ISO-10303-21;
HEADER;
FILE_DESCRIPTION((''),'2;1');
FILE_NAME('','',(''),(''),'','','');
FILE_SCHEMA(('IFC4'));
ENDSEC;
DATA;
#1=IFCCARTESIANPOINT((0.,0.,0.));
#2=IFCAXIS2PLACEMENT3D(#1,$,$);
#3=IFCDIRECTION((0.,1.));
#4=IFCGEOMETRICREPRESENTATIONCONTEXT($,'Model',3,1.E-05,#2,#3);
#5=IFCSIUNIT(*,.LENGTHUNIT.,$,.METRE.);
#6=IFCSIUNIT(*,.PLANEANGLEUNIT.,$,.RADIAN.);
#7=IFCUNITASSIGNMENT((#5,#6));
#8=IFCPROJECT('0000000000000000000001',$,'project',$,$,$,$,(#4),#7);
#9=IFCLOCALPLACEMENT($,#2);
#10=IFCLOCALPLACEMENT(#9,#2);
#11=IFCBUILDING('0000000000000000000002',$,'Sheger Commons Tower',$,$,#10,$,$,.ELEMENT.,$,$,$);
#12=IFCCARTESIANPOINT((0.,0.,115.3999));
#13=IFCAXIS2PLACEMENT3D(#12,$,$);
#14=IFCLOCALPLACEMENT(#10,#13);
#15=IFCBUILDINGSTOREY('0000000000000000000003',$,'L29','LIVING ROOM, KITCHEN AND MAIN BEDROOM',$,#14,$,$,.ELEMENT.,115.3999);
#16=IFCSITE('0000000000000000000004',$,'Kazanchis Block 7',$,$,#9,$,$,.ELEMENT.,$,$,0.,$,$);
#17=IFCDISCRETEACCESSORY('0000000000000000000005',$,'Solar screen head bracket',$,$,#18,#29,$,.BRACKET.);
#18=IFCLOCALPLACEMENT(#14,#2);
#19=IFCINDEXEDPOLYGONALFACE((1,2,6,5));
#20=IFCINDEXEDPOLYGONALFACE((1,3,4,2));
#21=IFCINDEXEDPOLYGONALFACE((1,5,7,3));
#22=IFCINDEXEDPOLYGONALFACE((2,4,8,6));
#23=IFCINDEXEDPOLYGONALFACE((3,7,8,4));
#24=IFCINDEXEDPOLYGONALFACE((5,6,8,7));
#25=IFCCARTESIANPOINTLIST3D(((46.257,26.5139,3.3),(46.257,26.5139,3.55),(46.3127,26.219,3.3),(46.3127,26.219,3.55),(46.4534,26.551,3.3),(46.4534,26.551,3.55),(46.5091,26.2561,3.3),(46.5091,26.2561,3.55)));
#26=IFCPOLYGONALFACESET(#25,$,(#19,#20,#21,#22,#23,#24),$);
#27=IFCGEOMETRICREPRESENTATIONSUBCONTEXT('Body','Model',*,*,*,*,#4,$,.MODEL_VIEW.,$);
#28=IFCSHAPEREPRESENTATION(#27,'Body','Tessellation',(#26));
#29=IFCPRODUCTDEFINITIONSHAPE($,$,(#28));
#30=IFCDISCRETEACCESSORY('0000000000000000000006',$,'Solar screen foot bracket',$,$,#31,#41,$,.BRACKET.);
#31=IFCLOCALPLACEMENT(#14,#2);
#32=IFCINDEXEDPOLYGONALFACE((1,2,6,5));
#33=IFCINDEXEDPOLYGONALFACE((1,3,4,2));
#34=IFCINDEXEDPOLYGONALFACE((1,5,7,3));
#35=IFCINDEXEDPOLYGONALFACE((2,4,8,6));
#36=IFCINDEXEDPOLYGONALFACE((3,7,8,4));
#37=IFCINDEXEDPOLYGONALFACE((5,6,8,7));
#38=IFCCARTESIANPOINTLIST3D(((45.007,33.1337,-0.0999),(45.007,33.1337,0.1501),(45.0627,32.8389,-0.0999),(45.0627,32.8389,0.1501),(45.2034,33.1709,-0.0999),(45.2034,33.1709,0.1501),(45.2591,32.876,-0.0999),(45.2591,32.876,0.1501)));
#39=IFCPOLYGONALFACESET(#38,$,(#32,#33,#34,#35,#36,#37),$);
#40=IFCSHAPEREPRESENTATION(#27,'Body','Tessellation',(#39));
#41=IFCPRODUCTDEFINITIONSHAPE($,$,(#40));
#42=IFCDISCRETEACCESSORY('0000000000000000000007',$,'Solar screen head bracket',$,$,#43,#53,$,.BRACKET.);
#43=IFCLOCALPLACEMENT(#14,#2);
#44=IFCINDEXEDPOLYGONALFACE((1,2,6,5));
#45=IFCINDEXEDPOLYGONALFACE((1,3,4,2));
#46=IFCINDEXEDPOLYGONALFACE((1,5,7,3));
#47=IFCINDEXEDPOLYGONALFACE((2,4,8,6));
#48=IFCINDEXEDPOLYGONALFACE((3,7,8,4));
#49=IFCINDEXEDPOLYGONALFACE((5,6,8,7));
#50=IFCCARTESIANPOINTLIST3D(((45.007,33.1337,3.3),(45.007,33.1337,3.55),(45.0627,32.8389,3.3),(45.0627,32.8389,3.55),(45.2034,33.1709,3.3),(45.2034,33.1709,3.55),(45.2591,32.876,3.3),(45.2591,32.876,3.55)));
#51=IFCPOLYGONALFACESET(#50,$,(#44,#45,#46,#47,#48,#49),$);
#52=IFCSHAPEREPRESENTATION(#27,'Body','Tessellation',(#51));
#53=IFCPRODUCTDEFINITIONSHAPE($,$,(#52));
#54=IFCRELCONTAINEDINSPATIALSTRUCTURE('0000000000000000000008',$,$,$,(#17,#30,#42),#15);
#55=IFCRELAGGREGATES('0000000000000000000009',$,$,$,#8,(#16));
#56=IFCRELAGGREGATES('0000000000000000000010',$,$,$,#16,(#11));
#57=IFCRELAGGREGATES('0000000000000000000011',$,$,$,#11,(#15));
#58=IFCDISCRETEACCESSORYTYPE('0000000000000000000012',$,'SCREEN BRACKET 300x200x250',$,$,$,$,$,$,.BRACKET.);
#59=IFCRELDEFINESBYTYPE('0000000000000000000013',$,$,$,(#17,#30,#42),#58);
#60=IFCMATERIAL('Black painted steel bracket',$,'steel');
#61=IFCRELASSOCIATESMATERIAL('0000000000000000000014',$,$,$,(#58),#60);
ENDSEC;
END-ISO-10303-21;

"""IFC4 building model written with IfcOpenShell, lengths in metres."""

from ifc_helpers import new_model, si_unit, direction, frame, origin, origin_2d, place, context, subcontext, project, spatial, rectangle, extrude, material, type_object, element, save


model = new_model("IFC4")

# Units and contexts
model_context = context("Model", 3, precision=1e-05, world=origin(), true_north=direction((0.0, 1.0)))
body_context = subcontext(model_context, "Body", "Model", "MODEL_VIEW")
ifc_project = project(units=[si_unit("LENGTHUNIT", "METRE"), si_unit("PLANEANGLEUNIT", "RADIAN")], contexts=[model_context])

# Site, building, storey
site_placement = place(None, origin())
site = spatial("IfcSite", under=ifc_project, at=site_placement, Name="Kazanchis Block 7", CompositionType="ELEMENT", RefElevation=0.0)
building_placement = place(site_placement, origin())
building = spatial("IfcBuilding", under=site, at=building_placement, Name="Sheger Commons Tower", CompositionType="ELEMENT")
storey_placement = place(building_placement, frame((0.0, 0.0, 115.3999)))
storey = spatial("IfcBuildingStorey", under=building, at=storey_placement, Name="L29", Description="LIVING ROOM, KITCHEN AND MAIN BEDROOM", CompositionType="ELEMENT", Elevation=115.3999)

# Discrete accessories
ifc_material_1 = material(Name="Black painted steel bracket", Category="steel")
discrete_accessory_type = type_object("IfcDiscreteAccessoryType", Name="SCREEN BRACKET 300x200x250", PredefinedType="BRACKET", material=ifc_material_1)
for number, where, z_axis, x_axis, name in (
    (1, (46.3831, 26.385, 3.3), (0.0, 0.0, 1.0), (-0.185615, 0.982623, 0.0), "Solar screen head bracket"),
    (2, (45.1331, 33.0049, -0.0999), (0.0, 0.0, 1.0), (-0.185615, 0.982623, 0.0), "Solar screen foot bracket"),
    (3, (45.1331, 33.0049, 3.3), (0.0, 0.0, 1.0), (-0.185615, 0.982623, 0.0), "Solar screen head bracket"),
):
    element("IfcDiscreteAccessory", number, at=place(storey_placement, frame(where, z_axis=z_axis, x_axis=x_axis)), inside=storey, type_object=discrete_accessory_type, Name=name, PredefinedType="BRACKET", context=body_context, shape_type="SweptSolid", body=[
        extrude(rectangle(XDim=0.3, YDim=0.2, at=origin_2d()), origin(), (0.0, 0.0, 1.0), 0.25),
    ])

save(model, "model.ifc")
